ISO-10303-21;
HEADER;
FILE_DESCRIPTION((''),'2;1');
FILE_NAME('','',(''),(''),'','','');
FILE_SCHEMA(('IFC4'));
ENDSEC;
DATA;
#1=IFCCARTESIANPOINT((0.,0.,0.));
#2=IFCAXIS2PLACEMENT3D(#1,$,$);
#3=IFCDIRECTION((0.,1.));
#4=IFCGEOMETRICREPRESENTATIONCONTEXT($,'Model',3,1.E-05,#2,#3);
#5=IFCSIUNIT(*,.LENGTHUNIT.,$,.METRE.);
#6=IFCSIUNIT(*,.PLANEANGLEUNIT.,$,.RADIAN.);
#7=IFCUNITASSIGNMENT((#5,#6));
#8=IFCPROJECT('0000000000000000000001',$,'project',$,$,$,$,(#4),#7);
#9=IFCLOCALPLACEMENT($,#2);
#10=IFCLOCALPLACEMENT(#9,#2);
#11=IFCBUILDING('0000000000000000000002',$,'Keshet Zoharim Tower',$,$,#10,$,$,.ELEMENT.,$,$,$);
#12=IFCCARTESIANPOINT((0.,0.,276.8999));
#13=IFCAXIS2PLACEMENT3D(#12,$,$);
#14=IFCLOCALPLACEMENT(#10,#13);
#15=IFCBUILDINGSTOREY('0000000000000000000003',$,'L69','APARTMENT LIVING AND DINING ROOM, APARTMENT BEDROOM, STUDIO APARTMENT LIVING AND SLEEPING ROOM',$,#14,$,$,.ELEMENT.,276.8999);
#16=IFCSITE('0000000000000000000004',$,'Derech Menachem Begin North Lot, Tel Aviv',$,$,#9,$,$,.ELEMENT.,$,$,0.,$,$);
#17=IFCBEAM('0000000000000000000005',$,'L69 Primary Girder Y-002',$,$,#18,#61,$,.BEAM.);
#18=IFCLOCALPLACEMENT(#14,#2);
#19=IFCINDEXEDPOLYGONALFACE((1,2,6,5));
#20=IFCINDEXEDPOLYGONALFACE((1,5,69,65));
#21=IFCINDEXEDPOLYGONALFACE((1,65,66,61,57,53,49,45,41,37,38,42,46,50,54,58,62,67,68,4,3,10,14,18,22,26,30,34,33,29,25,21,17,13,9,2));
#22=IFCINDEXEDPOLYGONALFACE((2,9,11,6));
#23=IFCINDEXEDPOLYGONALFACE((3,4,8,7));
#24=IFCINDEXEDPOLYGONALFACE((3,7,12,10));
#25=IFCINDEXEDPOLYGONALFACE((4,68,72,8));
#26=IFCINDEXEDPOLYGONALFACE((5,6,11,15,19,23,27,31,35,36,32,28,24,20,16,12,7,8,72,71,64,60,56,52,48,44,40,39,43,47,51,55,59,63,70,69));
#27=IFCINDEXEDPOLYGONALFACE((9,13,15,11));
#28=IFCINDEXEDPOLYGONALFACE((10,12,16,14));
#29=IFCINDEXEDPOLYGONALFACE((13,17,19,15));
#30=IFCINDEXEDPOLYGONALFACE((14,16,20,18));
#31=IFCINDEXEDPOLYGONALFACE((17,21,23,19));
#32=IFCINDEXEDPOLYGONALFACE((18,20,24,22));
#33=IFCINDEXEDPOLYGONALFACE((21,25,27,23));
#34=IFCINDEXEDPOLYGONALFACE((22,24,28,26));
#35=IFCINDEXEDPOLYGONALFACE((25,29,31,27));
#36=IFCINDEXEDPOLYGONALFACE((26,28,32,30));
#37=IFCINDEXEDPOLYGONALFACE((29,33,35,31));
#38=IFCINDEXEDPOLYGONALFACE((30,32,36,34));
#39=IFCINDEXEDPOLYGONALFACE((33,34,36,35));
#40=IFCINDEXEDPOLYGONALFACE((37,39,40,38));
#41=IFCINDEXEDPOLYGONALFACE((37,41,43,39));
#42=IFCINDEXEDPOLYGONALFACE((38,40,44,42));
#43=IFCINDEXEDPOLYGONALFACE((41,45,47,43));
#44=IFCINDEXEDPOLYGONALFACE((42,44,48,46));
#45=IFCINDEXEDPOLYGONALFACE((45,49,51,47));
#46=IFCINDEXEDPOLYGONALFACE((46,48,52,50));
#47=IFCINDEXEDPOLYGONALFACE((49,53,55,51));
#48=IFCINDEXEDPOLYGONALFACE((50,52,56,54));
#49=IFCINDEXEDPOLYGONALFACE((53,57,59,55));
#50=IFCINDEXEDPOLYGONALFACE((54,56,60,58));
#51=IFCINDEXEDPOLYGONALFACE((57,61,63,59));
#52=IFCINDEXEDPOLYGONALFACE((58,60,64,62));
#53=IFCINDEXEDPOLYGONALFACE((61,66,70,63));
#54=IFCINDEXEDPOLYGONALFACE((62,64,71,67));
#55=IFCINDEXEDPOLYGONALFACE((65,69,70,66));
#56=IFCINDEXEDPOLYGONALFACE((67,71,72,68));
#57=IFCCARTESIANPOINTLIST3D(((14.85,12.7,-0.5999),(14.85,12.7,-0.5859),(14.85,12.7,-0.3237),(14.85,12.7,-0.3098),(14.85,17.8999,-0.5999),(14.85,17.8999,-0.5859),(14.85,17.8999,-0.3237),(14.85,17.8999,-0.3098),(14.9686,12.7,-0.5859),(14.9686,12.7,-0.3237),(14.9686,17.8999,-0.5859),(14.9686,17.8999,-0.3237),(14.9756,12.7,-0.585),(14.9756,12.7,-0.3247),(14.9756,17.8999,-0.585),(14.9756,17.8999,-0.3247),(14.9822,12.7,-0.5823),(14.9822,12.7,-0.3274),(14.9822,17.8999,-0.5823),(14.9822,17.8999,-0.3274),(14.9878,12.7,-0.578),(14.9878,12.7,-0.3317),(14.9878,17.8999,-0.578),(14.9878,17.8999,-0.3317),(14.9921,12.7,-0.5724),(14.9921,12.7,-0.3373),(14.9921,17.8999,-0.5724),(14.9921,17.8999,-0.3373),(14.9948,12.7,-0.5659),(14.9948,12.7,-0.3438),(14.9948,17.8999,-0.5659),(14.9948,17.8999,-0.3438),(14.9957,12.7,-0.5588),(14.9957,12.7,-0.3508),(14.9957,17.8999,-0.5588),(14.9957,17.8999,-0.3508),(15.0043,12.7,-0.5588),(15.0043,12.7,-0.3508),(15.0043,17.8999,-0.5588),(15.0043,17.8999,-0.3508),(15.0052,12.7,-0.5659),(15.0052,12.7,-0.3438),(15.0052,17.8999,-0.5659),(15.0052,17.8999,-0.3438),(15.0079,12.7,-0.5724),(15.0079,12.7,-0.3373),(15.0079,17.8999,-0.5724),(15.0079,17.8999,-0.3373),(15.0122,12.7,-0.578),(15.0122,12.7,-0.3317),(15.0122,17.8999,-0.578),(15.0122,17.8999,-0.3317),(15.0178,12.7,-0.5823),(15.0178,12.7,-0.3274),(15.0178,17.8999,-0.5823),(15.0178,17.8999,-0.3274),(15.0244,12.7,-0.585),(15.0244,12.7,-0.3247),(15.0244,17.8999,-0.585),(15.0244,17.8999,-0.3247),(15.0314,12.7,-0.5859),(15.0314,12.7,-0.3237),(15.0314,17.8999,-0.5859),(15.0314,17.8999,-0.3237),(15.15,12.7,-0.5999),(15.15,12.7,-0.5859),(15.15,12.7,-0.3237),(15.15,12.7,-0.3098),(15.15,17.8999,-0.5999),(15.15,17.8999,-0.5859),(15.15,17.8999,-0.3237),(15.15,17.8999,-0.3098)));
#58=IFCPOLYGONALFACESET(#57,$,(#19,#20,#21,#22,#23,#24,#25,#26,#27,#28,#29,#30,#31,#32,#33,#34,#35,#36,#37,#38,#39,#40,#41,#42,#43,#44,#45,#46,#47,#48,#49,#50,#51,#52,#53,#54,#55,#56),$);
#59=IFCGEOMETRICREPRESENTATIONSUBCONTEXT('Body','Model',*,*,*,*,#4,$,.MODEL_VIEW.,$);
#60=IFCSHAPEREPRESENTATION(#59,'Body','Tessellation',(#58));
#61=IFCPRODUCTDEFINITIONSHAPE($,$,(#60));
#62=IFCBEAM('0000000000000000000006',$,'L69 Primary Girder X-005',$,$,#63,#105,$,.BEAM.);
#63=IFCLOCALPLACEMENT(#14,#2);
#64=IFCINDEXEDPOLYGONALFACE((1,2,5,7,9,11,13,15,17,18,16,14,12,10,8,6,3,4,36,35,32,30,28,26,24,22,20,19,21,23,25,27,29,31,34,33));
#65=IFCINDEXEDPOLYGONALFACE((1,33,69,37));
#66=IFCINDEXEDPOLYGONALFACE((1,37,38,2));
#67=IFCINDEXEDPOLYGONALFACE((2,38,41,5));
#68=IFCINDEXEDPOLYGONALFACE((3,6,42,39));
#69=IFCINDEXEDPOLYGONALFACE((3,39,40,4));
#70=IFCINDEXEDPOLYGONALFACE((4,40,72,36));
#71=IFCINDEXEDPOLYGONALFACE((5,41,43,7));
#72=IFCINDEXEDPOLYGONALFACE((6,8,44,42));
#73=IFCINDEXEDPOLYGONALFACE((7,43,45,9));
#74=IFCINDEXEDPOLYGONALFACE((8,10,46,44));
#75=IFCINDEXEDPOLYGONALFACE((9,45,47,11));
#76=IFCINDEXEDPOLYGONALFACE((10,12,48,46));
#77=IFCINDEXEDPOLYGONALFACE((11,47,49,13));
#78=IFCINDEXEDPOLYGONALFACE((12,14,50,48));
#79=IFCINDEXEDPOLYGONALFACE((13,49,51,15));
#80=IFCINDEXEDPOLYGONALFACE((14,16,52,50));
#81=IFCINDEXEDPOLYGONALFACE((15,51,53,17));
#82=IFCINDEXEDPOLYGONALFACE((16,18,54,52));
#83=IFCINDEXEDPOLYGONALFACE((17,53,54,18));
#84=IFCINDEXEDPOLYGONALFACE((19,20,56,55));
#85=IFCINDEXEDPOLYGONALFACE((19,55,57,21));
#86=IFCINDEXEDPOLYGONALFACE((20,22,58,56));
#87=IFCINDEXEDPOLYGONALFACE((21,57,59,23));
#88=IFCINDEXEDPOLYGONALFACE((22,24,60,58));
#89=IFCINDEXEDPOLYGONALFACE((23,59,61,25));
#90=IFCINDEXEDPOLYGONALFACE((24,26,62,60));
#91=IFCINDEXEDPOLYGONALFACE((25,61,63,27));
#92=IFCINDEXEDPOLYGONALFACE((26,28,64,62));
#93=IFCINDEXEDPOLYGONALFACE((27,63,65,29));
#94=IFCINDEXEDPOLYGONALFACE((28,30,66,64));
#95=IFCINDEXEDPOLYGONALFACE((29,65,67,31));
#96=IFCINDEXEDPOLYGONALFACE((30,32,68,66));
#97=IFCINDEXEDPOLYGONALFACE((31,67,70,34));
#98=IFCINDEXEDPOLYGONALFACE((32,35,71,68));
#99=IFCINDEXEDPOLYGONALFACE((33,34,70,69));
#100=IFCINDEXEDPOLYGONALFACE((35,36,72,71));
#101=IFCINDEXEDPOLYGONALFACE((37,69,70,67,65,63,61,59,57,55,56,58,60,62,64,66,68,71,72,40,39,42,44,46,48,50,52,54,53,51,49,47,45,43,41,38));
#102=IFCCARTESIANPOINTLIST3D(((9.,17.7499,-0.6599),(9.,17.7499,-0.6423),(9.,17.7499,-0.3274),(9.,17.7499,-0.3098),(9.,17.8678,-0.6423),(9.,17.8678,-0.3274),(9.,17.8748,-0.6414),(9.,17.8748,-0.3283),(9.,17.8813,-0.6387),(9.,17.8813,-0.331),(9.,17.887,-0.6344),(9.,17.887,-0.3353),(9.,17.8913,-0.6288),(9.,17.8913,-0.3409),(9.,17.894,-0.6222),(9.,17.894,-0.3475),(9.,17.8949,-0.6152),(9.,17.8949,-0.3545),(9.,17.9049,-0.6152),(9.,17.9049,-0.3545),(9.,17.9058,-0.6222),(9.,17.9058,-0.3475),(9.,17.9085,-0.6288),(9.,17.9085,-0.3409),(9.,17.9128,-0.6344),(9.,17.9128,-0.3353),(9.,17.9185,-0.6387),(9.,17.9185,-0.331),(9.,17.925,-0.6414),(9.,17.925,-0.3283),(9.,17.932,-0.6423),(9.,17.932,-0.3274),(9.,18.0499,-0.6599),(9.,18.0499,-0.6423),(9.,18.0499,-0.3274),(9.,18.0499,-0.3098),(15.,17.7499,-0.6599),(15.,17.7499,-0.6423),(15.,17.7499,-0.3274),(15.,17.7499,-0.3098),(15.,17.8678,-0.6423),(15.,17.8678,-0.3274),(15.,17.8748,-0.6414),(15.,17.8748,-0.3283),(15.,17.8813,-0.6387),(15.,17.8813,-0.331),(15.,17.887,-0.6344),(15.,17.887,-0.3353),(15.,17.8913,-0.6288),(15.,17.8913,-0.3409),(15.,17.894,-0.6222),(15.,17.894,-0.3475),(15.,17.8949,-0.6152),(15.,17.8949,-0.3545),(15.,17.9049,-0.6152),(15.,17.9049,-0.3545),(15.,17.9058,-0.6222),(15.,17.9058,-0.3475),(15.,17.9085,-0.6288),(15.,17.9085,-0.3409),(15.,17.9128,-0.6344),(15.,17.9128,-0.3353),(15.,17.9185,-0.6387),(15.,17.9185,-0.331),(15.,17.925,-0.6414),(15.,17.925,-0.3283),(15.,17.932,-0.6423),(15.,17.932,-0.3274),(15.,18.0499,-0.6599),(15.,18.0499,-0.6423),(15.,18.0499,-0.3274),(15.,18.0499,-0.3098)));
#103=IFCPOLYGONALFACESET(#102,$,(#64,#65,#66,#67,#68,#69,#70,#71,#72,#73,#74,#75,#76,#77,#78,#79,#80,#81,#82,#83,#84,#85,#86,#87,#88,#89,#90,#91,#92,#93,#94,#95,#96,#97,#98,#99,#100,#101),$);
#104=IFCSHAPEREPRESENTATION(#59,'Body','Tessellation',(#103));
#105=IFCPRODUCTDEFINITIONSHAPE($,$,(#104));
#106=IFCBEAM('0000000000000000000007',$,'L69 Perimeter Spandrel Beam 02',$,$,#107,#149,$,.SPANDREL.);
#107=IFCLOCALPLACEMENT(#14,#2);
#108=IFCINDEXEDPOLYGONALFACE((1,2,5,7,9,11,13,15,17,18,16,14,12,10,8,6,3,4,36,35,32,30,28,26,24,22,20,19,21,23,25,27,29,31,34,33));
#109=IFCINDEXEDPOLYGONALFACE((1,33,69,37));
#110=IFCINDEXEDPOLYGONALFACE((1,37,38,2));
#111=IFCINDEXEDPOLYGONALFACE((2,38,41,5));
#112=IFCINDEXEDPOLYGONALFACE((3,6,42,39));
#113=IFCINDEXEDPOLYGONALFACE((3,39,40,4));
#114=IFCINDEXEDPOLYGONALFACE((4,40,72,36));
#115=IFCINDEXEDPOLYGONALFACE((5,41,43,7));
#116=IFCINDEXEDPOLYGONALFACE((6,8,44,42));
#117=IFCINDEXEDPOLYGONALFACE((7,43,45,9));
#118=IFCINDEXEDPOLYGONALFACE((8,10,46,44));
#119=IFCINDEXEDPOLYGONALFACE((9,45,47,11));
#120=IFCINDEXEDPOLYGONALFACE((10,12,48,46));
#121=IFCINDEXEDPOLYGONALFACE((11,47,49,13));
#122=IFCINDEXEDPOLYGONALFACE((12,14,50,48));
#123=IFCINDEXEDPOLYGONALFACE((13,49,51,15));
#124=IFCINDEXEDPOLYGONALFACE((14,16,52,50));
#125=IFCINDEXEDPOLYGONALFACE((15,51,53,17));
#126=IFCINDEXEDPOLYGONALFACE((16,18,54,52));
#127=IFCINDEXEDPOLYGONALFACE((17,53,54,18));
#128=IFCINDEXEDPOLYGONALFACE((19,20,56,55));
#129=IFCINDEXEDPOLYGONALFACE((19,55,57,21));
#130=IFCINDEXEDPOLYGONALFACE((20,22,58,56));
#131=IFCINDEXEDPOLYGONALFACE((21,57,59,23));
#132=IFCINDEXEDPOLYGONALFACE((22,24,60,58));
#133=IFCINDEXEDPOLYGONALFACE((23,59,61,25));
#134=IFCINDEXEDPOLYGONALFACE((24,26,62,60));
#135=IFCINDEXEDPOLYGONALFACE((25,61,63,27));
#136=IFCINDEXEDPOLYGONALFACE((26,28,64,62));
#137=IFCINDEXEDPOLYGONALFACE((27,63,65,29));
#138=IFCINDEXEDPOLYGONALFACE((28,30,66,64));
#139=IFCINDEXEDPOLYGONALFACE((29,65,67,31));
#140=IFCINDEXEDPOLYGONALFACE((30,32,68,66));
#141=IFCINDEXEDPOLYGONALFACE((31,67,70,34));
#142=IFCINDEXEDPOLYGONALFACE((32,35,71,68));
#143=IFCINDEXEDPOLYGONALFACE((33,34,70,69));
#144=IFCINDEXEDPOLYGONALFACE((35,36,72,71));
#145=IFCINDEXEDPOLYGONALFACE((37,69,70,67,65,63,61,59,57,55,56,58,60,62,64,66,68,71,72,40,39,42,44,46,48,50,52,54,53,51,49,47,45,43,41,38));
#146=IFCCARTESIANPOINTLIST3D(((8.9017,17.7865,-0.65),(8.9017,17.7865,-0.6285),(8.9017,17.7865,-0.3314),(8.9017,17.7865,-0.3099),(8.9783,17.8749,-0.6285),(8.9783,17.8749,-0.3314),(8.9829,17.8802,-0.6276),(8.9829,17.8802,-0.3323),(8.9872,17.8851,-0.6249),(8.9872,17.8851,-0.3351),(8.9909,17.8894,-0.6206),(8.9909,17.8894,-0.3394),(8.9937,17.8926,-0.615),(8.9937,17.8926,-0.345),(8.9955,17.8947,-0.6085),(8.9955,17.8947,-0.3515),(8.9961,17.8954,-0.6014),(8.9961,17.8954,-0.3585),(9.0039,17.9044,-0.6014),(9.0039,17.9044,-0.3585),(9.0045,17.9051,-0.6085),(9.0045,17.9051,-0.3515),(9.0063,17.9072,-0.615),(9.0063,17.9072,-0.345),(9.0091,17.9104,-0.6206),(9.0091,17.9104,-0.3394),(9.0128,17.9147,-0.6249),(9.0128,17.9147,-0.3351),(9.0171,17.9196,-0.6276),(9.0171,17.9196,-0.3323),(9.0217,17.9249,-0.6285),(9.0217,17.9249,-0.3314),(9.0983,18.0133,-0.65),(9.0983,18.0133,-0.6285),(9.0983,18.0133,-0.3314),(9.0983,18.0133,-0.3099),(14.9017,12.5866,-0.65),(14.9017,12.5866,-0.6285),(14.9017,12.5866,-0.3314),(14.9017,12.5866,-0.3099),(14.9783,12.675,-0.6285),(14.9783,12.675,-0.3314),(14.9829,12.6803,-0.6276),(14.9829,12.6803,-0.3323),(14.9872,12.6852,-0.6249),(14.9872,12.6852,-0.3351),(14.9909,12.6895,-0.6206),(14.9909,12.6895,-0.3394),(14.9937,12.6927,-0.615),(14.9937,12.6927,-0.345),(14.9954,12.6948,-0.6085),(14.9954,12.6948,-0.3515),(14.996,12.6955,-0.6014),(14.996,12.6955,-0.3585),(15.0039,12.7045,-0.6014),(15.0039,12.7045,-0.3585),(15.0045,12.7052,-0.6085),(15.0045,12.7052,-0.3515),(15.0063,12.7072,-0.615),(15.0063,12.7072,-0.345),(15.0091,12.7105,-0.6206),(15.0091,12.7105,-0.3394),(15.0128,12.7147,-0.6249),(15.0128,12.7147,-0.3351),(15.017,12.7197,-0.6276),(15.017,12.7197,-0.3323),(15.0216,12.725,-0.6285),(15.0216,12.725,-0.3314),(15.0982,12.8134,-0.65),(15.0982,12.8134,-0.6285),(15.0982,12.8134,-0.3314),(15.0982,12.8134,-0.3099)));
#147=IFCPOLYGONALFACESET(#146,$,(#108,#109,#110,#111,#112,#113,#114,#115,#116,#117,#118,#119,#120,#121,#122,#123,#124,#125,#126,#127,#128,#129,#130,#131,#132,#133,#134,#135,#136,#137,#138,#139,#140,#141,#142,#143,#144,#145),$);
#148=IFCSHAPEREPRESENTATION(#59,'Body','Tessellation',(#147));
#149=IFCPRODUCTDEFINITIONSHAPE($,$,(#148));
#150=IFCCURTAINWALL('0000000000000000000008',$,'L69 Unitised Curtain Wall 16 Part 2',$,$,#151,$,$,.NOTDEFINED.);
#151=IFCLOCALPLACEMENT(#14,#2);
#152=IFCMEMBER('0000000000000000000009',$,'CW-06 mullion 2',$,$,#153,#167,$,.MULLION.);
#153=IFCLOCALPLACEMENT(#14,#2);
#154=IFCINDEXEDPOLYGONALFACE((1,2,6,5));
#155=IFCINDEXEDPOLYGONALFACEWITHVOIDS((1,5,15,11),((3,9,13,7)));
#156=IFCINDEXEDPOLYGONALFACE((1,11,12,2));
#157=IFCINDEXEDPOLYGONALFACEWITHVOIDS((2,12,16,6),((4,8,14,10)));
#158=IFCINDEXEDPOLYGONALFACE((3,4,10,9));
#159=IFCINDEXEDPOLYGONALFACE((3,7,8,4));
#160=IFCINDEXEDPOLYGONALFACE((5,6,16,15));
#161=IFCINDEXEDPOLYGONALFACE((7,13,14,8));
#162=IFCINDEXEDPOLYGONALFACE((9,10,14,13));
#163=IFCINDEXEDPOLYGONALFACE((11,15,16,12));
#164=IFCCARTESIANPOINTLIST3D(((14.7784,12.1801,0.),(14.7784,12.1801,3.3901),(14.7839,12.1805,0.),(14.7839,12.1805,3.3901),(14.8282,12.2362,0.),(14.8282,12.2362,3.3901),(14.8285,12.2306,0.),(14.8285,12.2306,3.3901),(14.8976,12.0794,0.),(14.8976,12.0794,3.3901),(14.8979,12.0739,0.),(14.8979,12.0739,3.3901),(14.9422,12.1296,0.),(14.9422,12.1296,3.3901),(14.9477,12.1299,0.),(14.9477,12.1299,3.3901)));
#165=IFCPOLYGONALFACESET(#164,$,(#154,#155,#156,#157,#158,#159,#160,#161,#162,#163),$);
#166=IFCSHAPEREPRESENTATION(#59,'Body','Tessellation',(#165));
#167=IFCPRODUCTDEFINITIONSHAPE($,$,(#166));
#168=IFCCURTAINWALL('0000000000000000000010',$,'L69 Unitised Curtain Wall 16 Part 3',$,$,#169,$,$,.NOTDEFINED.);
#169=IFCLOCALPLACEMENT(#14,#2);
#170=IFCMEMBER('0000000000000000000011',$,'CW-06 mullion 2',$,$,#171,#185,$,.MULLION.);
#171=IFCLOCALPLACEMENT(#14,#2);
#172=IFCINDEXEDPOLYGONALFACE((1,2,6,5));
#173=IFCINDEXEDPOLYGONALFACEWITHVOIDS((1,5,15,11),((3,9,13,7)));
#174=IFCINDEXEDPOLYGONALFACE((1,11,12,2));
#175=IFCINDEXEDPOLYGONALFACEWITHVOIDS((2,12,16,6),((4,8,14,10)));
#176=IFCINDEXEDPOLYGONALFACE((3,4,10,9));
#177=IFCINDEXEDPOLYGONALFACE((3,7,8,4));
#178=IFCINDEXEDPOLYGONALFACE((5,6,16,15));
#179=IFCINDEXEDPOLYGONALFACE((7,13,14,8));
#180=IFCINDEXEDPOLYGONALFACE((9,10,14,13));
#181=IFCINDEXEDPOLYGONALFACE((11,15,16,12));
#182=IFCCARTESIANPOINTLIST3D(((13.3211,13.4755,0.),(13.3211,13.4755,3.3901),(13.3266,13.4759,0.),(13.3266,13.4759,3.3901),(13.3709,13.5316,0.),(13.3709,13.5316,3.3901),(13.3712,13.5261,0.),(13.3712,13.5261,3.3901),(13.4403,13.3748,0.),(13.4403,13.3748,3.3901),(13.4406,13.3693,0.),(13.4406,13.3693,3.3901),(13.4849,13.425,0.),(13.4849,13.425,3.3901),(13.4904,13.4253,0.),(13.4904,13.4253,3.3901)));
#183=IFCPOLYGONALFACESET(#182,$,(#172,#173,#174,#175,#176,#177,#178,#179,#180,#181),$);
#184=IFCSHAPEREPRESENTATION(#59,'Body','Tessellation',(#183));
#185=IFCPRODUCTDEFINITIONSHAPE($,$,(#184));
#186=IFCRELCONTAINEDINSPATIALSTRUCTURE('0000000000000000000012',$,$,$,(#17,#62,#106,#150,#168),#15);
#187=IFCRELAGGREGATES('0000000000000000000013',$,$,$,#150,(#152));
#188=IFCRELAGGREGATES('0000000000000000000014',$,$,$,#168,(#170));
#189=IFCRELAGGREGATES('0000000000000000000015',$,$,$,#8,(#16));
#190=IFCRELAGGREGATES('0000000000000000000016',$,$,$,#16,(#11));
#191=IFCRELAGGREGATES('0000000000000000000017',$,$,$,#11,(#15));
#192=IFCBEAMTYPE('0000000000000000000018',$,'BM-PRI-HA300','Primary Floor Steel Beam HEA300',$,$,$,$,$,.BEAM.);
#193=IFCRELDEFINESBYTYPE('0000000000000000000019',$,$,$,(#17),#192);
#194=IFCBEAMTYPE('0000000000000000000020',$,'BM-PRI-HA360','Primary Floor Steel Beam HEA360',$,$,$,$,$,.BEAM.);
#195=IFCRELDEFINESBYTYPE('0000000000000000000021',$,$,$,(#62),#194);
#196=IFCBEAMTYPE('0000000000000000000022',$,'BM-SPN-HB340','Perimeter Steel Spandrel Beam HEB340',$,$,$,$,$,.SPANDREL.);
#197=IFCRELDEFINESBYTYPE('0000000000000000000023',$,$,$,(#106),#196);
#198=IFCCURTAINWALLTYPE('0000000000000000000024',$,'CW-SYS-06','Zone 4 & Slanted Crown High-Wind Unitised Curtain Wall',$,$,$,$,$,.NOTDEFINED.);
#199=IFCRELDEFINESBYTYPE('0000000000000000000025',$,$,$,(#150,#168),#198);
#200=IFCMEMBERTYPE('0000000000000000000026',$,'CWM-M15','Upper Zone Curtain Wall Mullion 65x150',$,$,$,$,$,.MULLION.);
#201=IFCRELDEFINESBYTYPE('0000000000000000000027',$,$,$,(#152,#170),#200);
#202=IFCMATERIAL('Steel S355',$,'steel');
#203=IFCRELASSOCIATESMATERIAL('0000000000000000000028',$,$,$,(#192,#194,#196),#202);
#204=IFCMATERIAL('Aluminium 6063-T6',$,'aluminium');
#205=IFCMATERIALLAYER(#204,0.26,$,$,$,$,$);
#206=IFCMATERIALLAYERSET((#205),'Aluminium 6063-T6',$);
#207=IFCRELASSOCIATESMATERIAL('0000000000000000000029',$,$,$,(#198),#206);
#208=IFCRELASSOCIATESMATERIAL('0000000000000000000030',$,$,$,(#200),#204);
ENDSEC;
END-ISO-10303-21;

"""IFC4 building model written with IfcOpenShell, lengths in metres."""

from ifc_helpers import new_model, si_unit, direction, frame, origin, origin_2d, place, context, subcontext, project, spatial, hollow_rectangle, i_section, extrude, material, layer, layer_set, material_profile, profile_set, type_object, element, aggregate, save


model = new_model("IFC4")

# Units and contexts
model_context = context("Model", 3, precision=1e-05, world=origin(), true_north=direction((0.0, 1.0)))
body_context = subcontext(model_context, "Body", "Model", "MODEL_VIEW")
ifc_project = project(units=[si_unit("LENGTHUNIT", "METRE"), si_unit("PLANEANGLEUNIT", "RADIAN")], contexts=[model_context])

# Site, building, storey
site_placement = place(None, origin())
site = spatial("IfcSite", under=ifc_project, at=site_placement, Name="Derech Menachem Begin North Lot, Tel Aviv", CompositionType="ELEMENT", RefElevation=0.0)
building_placement = place(site_placement, origin())
building = spatial("IfcBuilding", under=site, at=building_placement, Name="Keshet Zoharim Tower", CompositionType="ELEMENT")
storey_placement = place(building_placement, frame((0.0, 0.0, 276.8999)))
storey = spatial("IfcBuildingStorey", under=building, at=storey_placement, Name="L69", Description="APARTMENT LIVING AND DINING ROOM, APARTMENT BEDROOM, STUDIO APARTMENT LIVING AND SLEEPING ROOM", CompositionType="ELEMENT", Elevation=276.8999)

# Shared definitions
ifc_material_1 = material(Name="Steel S355", Category="steel")

# Beams
ifc_material_profile_1 = material_profile(ifc_material_1, i_section(OverallWidth=0.3, OverallDepth=0.29, WebThickness=0.0085, FlangeThickness=0.0139, FilletRadius=0.0271, at=origin_2d()), Name="HEA300")
ifc_profile_set_1 = profile_set([ifc_material_profile_1], Name="Steel S355")
beam_type_1 = type_object("IfcBeamType", Name="BM-PRI-HA300", Description="Primary Floor Steel Beam HEA300", PredefinedType="BEAM", material=ifc_profile_set_1)
beam_1_placement = place(storey_placement, frame((15.0, 12.7, -0.4548), z_axis=(0.0, 1.0, 0.0), x_axis=(-1.0, 0.0, 0.0)))
element("IfcBeam", 1, at=beam_1_placement, inside=storey, type_object=beam_type_1, Name="L69 Primary Girder Y-002", PredefinedType="BEAM", context=body_context, shape_type="SweptSolid", body=[
    extrude(i_section(OverallWidth=0.3, OverallDepth=0.29, WebThickness=0.0085, FlangeThickness=0.0139, FilletRadius=0.0271, at=origin_2d()), origin(), (0.0, 0.0, 1.0), 5.2),
])
ifc_material_profile_2 = material_profile(ifc_material_1, i_section(OverallWidth=0.3, OverallDepth=0.3501, WebThickness=0.01, FlangeThickness=0.0176, FilletRadius=0.0271, at=origin_2d()), Name="HEA360")
ifc_profile_set_2 = profile_set([ifc_material_profile_2], Name="Steel S355")
beam_type_2 = type_object("IfcBeamType", Name="BM-PRI-HA360", Description="Primary Floor Steel Beam HEA360", PredefinedType="BEAM", material=ifc_profile_set_2)
beam_2_placement = place(storey_placement, frame((9.0, 17.8999, -0.4849), z_axis=(1.0, 0.0, 0.0), x_axis=(0.0, 1.0, 0.0)))
element("IfcBeam", 2, at=beam_2_placement, inside=storey, type_object=beam_type_2, Name="L69 Primary Girder X-005", PredefinedType="BEAM", context=body_context, shape_type="SweptSolid", body=[
    extrude(i_section(OverallWidth=0.3, OverallDepth=0.3501, WebThickness=0.01, FlangeThickness=0.0176, FilletRadius=0.0271, at=origin_2d()), origin(), (0.0, 0.0, 1.0), 6.0),
])
ifc_material_profile_3 = material_profile(ifc_material_1, i_section(OverallWidth=0.3, OverallDepth=0.3401, WebThickness=0.012, FlangeThickness=0.0215, FilletRadius=0.0271, at=origin_2d()), Name="HEB340")
ifc_profile_set_3 = profile_set([ifc_material_profile_3], Name="Steel S355")
beam_type_3 = type_object("IfcBeamType", Name="BM-SPN-HB340", Description="Perimeter Steel Spandrel Beam HEB340", PredefinedType="SPANDREL", material=ifc_profile_set_3)
beam_3_placement = place(storey_placement, frame((9.0, 17.8999, -0.48), z_axis=(0.755692, -0.654927, 0.0), x_axis=(0.654927, 0.755692, 0.0)))
element("IfcBeam", 3, at=beam_3_placement, inside=storey, type_object=beam_type_3, Name="L69 Perimeter Spandrel Beam 02", PredefinedType="SPANDREL", context=body_context, shape_type="SweptSolid", body=[
    extrude(i_section(OverallWidth=0.3, OverallDepth=0.3401, WebThickness=0.012, FlangeThickness=0.0215, FilletRadius=0.0271, at=origin_2d()), origin(), (0.0, 0.0, 1.0), 7.9397),
])

# Curtain wall, member
ifc_material_2 = material(Name="Aluminium 6063-T6", Category="aluminium")
ifc_layer_1 = layer(ifc_material_2, 0.26)
ifc_layer_set_1 = layer_set([ifc_layer_1], Name="Aluminium 6063-T6")
curtain_wall_type = type_object("IfcCurtainWallType", Name="CW-SYS-06", Description="Zone 4 & Slanted Crown High-Wind Unitised Curtain Wall", PredefinedType="NOTDEFINED", material=ifc_layer_set_1)
curtain_wall_1_placement = place(storey_placement, origin())
curtain_wall_1 = element("IfcCurtainWall", 4, at=curtain_wall_1_placement, inside=storey, type_object=curtain_wall_type, Name="L69 Unitised Curtain Wall 16 Part 2", PredefinedType="NOTDEFINED")
ifc_material_profile_4 = material_profile(ifc_material_2, hollow_rectangle(XDim=0.075, YDim=0.1599, WallThickness=0.0039, at=origin_2d()), Name="MUL-75x160")
ifc_profile_set_4 = profile_set([ifc_material_profile_4], Name="Aluminium 6063-T6")
member_type_1 = type_object("IfcMemberType", Name="CWM-M15", Description="Upper Zone Curtain Wall Mullion 65x150", PredefinedType="MULLION", material=ifc_profile_set_4)
member_1_placement = place(storey_placement, frame((14.863, 12.155, 0.0), z_axis=(0.0, 0.0, 1.0), x_axis=(-0.664365, -0.747408, 0.0)))
member_1 = element("IfcMember", 5, at=member_1_placement, type_object=member_type_1, Name="CW-06 mullion 2", PredefinedType="MULLION", context=body_context, shape_type="SweptSolid", body=[
    extrude(hollow_rectangle(XDim=0.075, YDim=0.1599, WallThickness=0.0039, at=origin_2d()), origin(), (0.0, 0.0, 1.0), 3.3901),
])
aggregate(curtain_wall_1, [member_1])

# Curtain wall, member
curtain_wall_2_placement = place(storey_placement, origin())
curtain_wall_2 = element("IfcCurtainWall", 6, at=curtain_wall_2_placement, inside=storey, type_object=curtain_wall_type, Name="L69 Unitised Curtain Wall 16 Part 3", PredefinedType="NOTDEFINED")
member_2_placement = place(storey_placement, frame((13.4058, 13.4504, 0.0), z_axis=(0.0, 0.0, 1.0), x_axis=(-0.664338, -0.747432, 0.0)))
member_2 = element("IfcMember", 7, at=member_2_placement, type_object=member_type_1, Name="CW-06 mullion 2", PredefinedType="MULLION", context=body_context, shape_type="SweptSolid", body=[
    extrude(hollow_rectangle(XDim=0.075, YDim=0.1599, WallThickness=0.0039, at=origin_2d()), origin(), (0.0, 0.0, 1.0), 3.3901),
])

aggregate(curtain_wall_2, [member_2])

save(model, "model.ifc")
